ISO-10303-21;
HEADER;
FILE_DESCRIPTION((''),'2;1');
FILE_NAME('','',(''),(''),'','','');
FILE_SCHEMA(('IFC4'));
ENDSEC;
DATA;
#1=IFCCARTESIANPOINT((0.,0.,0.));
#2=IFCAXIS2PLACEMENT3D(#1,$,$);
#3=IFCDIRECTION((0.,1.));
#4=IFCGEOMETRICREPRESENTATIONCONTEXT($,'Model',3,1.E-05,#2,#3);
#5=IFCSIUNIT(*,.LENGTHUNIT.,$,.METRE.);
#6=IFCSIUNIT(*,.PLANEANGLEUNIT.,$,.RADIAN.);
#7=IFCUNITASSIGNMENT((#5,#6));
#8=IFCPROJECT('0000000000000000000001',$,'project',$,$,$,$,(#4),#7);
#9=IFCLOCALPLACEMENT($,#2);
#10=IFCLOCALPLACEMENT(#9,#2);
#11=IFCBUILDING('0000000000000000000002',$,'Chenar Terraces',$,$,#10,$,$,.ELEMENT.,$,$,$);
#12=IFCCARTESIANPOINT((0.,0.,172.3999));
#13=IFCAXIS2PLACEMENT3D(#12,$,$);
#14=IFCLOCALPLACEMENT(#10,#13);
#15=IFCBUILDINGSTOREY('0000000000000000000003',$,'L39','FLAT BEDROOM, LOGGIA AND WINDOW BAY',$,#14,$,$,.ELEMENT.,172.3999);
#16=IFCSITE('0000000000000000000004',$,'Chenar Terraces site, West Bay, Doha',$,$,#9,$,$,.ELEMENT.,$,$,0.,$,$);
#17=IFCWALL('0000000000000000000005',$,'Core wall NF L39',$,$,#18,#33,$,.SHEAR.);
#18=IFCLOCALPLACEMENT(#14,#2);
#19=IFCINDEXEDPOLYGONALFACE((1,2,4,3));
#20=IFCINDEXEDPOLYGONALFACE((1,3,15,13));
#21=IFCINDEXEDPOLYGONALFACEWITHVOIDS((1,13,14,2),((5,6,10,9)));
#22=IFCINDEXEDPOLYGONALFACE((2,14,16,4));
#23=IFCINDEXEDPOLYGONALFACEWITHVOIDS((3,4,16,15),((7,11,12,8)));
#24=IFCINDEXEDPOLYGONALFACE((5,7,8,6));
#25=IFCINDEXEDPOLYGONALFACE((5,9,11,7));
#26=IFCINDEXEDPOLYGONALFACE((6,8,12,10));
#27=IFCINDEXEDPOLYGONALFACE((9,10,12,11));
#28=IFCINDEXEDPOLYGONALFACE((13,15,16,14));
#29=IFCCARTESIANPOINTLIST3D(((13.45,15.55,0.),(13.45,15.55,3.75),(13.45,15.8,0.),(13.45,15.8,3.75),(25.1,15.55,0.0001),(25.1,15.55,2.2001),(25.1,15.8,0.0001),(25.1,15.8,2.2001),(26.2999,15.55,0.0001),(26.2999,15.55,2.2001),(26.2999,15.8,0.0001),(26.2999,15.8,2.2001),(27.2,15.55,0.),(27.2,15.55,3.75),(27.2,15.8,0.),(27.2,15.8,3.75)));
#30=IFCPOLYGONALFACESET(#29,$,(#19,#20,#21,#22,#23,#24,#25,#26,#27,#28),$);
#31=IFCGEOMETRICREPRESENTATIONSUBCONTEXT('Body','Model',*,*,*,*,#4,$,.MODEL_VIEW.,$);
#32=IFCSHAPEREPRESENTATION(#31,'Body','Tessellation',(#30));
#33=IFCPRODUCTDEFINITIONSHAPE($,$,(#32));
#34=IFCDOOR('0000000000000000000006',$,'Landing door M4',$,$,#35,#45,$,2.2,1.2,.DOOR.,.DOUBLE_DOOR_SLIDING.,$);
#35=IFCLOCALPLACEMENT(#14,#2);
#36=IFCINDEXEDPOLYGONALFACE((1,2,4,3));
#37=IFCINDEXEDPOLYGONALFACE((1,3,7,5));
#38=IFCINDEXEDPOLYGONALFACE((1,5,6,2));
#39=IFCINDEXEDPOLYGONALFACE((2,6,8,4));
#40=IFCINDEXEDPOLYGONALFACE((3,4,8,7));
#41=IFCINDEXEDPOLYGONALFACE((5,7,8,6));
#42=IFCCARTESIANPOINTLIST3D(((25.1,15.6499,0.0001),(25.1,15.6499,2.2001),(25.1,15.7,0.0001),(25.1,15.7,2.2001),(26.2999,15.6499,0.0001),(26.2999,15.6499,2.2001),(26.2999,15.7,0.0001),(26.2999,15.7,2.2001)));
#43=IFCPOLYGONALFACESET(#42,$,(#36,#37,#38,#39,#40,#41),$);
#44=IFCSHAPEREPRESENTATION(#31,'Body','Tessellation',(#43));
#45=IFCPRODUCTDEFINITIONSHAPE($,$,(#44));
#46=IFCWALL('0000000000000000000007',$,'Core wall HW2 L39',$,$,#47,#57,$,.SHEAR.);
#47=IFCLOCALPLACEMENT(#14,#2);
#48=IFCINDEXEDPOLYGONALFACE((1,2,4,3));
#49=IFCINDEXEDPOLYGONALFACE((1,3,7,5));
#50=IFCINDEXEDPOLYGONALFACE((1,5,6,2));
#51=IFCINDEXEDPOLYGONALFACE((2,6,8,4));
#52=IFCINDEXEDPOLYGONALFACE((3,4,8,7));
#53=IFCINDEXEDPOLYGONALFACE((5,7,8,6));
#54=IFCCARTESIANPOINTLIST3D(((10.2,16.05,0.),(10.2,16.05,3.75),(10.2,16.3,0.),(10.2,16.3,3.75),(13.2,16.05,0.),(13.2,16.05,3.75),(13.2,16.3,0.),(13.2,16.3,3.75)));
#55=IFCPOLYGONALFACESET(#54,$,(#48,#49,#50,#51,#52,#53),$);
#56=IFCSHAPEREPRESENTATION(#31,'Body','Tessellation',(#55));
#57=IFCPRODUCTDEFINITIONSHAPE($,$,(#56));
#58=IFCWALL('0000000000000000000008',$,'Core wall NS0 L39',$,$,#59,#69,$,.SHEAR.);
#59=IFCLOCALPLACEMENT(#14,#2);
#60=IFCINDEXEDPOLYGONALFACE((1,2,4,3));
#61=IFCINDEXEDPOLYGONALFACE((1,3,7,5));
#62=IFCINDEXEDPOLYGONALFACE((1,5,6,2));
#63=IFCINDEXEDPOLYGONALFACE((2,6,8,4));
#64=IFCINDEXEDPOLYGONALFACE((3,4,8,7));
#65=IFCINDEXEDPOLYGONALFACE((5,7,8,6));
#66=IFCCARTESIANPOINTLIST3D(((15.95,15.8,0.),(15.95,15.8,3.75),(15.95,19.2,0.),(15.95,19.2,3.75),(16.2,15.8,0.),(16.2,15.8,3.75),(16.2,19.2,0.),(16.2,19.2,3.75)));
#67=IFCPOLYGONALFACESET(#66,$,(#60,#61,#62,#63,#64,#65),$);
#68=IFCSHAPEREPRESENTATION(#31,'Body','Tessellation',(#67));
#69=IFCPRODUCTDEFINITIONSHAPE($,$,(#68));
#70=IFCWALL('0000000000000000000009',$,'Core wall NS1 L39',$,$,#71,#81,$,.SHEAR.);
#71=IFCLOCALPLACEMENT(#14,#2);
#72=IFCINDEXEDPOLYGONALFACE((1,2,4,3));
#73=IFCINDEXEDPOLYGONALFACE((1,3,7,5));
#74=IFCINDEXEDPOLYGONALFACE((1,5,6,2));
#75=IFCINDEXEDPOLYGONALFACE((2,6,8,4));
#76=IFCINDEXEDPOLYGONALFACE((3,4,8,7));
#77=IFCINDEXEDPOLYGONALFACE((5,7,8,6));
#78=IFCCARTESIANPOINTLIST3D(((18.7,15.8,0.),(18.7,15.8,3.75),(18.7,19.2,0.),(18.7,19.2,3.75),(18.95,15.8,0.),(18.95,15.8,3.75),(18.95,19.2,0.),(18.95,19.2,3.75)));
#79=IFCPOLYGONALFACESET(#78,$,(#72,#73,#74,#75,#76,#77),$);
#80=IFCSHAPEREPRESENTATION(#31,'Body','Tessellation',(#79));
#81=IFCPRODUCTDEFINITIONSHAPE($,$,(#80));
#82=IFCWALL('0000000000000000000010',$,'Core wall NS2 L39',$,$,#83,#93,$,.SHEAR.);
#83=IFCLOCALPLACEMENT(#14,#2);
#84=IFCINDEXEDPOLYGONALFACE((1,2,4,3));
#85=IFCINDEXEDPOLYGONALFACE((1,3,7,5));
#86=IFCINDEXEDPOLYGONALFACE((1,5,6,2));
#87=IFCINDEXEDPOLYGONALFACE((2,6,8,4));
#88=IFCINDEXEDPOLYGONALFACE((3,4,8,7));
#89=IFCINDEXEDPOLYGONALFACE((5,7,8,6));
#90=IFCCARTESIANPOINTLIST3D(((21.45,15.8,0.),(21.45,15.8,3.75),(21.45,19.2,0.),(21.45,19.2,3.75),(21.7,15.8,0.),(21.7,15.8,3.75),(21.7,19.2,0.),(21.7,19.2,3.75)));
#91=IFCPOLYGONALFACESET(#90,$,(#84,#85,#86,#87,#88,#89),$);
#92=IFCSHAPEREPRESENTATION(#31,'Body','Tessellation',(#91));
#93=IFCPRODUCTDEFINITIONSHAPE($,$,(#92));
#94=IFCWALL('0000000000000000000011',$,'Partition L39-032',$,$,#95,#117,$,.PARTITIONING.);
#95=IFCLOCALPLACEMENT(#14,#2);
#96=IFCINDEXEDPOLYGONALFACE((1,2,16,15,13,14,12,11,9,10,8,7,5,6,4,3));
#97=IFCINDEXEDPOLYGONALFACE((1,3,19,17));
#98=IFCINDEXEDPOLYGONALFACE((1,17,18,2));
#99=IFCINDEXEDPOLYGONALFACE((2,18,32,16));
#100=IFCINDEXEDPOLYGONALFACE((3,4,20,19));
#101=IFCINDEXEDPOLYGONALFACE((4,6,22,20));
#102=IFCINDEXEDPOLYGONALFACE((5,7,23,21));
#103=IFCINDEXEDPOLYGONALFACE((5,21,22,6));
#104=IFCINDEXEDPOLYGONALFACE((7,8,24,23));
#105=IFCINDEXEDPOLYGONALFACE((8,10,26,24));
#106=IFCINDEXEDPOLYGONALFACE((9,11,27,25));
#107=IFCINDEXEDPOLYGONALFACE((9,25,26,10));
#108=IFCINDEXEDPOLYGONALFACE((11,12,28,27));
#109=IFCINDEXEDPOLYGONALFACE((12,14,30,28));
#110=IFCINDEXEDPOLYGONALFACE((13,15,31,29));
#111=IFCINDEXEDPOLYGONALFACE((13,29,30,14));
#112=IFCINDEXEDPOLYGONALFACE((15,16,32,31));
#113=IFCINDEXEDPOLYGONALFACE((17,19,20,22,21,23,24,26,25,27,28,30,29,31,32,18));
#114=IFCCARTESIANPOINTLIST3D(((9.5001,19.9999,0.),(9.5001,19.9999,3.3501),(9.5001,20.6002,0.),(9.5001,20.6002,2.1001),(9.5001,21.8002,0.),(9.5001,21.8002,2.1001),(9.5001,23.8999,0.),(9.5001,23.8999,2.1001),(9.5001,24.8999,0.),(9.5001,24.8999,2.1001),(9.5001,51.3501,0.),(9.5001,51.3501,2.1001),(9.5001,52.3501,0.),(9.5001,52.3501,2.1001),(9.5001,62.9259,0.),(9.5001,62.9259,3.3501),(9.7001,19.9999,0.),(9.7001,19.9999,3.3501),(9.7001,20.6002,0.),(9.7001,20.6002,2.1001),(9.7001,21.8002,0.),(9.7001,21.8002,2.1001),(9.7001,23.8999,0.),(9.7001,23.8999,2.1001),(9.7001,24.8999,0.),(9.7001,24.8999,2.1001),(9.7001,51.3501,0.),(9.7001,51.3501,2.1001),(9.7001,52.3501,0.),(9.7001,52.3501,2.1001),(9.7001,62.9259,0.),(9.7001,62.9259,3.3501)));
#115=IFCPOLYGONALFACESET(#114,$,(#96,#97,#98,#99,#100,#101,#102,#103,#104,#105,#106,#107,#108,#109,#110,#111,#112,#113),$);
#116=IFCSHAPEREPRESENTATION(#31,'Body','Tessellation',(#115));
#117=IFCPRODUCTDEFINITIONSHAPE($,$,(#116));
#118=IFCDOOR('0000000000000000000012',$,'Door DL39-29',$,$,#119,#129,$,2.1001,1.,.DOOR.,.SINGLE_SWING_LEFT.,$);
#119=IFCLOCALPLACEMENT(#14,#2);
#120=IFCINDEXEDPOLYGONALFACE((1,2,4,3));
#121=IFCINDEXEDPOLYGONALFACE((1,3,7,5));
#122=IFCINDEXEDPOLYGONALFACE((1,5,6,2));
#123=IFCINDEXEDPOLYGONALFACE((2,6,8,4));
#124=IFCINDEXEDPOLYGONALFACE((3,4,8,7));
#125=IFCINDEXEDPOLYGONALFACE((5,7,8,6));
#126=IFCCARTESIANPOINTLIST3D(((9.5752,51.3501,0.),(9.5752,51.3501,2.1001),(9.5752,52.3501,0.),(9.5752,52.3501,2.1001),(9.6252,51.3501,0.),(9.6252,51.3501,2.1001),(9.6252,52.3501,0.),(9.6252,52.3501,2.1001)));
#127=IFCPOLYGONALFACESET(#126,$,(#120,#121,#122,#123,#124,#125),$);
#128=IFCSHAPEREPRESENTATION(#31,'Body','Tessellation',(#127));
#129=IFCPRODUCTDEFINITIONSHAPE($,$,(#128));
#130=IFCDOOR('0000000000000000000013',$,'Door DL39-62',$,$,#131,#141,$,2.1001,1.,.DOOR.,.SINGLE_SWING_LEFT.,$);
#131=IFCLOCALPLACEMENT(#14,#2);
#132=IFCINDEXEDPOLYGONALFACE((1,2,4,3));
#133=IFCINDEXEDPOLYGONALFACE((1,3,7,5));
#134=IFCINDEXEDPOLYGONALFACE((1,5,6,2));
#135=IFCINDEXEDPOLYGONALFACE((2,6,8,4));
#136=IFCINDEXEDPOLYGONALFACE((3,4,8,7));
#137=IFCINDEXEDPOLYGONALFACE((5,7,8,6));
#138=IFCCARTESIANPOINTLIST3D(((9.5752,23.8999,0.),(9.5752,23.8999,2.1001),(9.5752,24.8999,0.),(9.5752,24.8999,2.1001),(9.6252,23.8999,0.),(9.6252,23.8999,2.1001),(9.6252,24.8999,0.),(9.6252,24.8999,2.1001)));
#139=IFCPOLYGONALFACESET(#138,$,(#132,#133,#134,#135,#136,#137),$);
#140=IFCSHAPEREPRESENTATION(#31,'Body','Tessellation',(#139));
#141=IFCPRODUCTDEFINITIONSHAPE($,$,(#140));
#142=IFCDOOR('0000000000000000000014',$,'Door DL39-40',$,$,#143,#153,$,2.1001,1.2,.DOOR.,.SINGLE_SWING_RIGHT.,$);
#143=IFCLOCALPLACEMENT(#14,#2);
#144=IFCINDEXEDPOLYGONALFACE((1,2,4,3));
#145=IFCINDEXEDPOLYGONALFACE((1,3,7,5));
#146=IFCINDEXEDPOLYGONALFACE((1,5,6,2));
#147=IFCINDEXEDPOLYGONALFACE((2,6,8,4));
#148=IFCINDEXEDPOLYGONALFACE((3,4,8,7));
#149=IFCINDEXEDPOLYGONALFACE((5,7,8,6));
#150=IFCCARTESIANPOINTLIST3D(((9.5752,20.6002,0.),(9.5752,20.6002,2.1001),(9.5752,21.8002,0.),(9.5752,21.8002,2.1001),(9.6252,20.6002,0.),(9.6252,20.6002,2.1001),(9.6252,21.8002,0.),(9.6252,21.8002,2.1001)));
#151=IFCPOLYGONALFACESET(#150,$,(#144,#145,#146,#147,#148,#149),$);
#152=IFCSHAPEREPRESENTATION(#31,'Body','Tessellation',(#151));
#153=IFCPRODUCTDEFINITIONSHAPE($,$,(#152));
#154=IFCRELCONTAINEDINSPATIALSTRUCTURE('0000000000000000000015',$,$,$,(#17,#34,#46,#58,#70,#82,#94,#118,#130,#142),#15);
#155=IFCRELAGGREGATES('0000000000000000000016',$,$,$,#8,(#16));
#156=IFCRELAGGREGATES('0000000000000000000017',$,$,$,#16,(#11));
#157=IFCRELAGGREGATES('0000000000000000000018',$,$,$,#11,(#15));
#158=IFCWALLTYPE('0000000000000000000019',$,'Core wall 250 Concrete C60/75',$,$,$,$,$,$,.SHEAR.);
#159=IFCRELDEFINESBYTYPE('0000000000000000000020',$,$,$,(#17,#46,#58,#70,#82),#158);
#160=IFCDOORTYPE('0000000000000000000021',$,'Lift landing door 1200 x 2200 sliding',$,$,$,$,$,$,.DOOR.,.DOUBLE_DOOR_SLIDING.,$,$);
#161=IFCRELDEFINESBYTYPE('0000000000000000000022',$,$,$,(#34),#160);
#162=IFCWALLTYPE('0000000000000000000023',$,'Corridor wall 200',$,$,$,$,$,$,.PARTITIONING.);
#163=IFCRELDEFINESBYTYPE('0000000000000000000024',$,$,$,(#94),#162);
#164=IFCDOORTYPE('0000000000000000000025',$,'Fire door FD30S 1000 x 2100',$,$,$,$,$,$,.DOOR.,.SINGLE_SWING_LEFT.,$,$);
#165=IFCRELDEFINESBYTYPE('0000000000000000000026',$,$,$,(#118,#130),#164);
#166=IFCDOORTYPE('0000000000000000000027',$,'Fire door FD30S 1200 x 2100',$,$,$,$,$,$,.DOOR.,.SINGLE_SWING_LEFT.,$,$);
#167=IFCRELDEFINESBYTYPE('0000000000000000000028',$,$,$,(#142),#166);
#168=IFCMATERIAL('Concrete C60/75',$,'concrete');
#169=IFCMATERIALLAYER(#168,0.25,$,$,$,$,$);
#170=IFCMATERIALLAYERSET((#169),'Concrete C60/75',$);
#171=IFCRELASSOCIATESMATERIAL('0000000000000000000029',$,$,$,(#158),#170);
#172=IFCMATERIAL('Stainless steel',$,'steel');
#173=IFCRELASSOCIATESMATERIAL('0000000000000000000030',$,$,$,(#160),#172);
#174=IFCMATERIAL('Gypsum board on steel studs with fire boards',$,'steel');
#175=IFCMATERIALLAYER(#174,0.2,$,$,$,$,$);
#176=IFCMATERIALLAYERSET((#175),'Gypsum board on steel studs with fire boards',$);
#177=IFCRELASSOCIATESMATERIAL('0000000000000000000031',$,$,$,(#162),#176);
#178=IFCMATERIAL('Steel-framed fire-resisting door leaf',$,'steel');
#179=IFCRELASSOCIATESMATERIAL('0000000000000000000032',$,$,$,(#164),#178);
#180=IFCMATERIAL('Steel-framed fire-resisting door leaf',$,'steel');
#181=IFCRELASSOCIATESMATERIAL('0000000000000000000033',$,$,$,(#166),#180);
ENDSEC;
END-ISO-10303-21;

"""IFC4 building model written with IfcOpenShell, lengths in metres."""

from ifc_helpers import new_model, si_unit, direction, frame, frame_2d, origin, place, context, subcontext, project, spatial, rectangle, extrude, material, layer, layer_set, type_object, element, fill, save


model = new_model("IFC4")

# Units and contexts
model_context = context("Model", 3, precision=1e-05, world=origin(), true_north=direction((0.0, 1.0)))
body_context = subcontext(model_context, "Body", "Model", "MODEL_VIEW")
ifc_project = project(units=[si_unit("LENGTHUNIT", "METRE"), si_unit("PLANEANGLEUNIT", "RADIAN")], contexts=[model_context])

# Site, building, storey
site_placement = place(None, origin())
site = spatial("IfcSite", under=ifc_project, at=site_placement, Name="Chenar Terraces site, West Bay, Doha", CompositionType="ELEMENT", RefElevation=0.0)
building_placement = place(site_placement, origin())
building = spatial("IfcBuilding", under=site, at=building_placement, Name="Chenar Terraces", CompositionType="ELEMENT")
storey_placement = place(building_placement, frame((0.0, 0.0, 172.3999)))
storey = spatial("IfcBuildingStorey", under=building, at=storey_placement, Name="L39", Description="FLAT BEDROOM, LOGGIA AND WINDOW BAY", CompositionType="ELEMENT", Elevation=172.3999)

# Wall, opening, door
ifc_material_1 = material(Name="Concrete C60/75", Category="concrete")
ifc_layer_1 = layer(ifc_material_1, 0.25)
ifc_layer_set_1 = layer_set([ifc_layer_1], Name="Concrete C60/75")
wall_type_1 = type_object("IfcWallType", Name="Core wall 250 Concrete C60/75", PredefinedType="SHEAR", material=ifc_layer_set_1)
wall_1_placement = place(storey_placement, frame((13.45, 15.675, 0.0), z_axis=(0.0, 0.0, 1.0), x_axis=(1.0, 0.0, 0.0)))
wall_1 = element("IfcWall", 1, at=wall_1_placement, inside=storey, type_object=wall_type_1, Name="Core wall NF L39", PredefinedType="SHEAR", context=body_context, shape_type="SweptSolid", body=[
    extrude(rectangle(XDim=13.75, YDim=0.25, at=frame_2d((6.875, 0.0))), origin(), (0.0, 0.0, 1.0), 3.75),
])
opening_1_placement = place(wall_1_placement, frame((11.6499, 0.0, 0.0)))
opening_1 = element("IfcOpeningElement", 2, at=opening_1_placement, cuts=wall_1, PredefinedType="OPENING", context=body_context, shape_type="SweptSolid", body=[
    extrude(rectangle(XDim=1.2, YDim=2.2, at=frame_2d((0.6001, 1.1001))), frame((0.0, 0.135, 0.0), z_axis=(0.0, -1.0, 0.0), x_axis=(1.0, 0.0, 0.0)), (0.0, 0.0, 1.0), 0.27),
])
ifc_material_2 = material(Name="Stainless steel", Category="steel")
door_type_1 = type_object("IfcDoorType", Name="Lift landing door 1200 x 2200 sliding", OperationType="DOUBLE_DOOR_SLIDING", PredefinedType="DOOR", material=ifc_material_2)
door_1_placement = place(opening_1_placement, origin())
door_1 = element("IfcDoor", 3, at=door_1_placement, inside=storey, type_object=door_type_1, Name="Landing door M4", OperationType="DOUBLE_DOOR_SLIDING", OverallHeight=2.2, OverallWidth=1.2, PredefinedType="DOOR", context=body_context, shape_type="SweptSolid", body=[
    extrude(rectangle(XDim=1.2, YDim=2.2, at=frame_2d((0.6001, 1.1001))), frame((0.0, 0.0249, 0.0), z_axis=(0.0, -1.0, 0.0), x_axis=(1.0, 0.0, 0.0)), (0.0, 0.0, 1.0), 0.05),
])
fill(opening_1, door_1)

# Walls
wall_2_placement = place(storey_placement, frame((10.2, 16.175, 0.0), z_axis=(0.0, 0.0, 1.0), x_axis=(1.0, 0.0, 0.0)))
element("IfcWall", 4, at=wall_2_placement, inside=storey, type_object=wall_type_1, Name="Core wall HW2 L39", PredefinedType="SHEAR", context=body_context, shape_type="SweptSolid", body=[
    extrude(rectangle(XDim=3.0, YDim=0.25, at=frame_2d((1.5, 0.0))), origin(), (0.0, 0.0, 1.0), 3.75),
])
for number, where, z_axis, x_axis, name in (
    (5, (16.075, 15.8, 0.0), (0.0, 0.0, 1.0), (0.0, 1.0, 0.0), "Core wall NS0 L39"),
    (6, (18.825, 15.8, 0.0), (0.0, 0.0, 1.0), (0.0, 1.0, 0.0), "Core wall NS1 L39"),
    (7, (21.575, 15.8, 0.0), (0.0, 0.0, 1.0), (0.0, 1.0, 0.0), "Core wall NS2 L39"),
):
    element("IfcWall", number, at=place(storey_placement, frame(where, z_axis=z_axis, x_axis=x_axis)), inside=storey, type_object=wall_type_1, Name=name, PredefinedType="SHEAR", context=body_context, shape_type="SweptSolid", body=[
        extrude(rectangle(XDim=3.3999, YDim=0.25, at=frame_2d((1.7, 0.0))), origin(), (0.0, 0.0, 1.0), 3.75),
    ])

# Wall, openings, doors
ifc_material_3 = material(Name="Gypsum board on steel studs with fire boards", Category="steel")
ifc_layer_2 = layer(ifc_material_3, 0.2)
ifc_layer_set_2 = layer_set([ifc_layer_2], Name="Gypsum board on steel studs with fire boards")
wall_type_2 = type_object("IfcWallType", Name="Corridor wall 200", PredefinedType="PARTITIONING", material=ifc_layer_set_2)
wall_3_placement = place(storey_placement, frame((9.6001, 20.0, 0.0), z_axis=(0.0, 0.0, 1.0), x_axis=(0.0, 1.0, 0.0)))
wall_3 = element("IfcWall", 8, at=wall_3_placement, inside=storey, type_object=wall_type_2, Name="Partition L39-032", PredefinedType="PARTITIONING", context=body_context, shape_type="SweptSolid", body=[
    extrude(rectangle(XDim=42.926, YDim=0.2, at=frame_2d((21.4629, 0.0))), origin(), (0.0, 0.0, 1.0), 3.3501),
])
opening_2_placement = place(wall_3_placement, frame((31.3501, 0.0, 0.0)))
opening_2 = element("IfcOpeningElement", 9, at=opening_2_placement, cuts=wall_3, PredefinedType="OPENING", context=body_context, shape_type="SweptSolid", body=[
    extrude(rectangle(XDim=1.0, YDim=2.1001, at=frame_2d((0.5, 1.05))), frame((0.0, 0.1099, 0.0), z_axis=(0.0, -1.0, 0.0), x_axis=(1.0, 0.0, 0.0)), (0.0, 0.0, 1.0), 0.22),
])
opening_3_placement = place(wall_3_placement, frame((0.6001, 0.0, 0.0)))
opening_3 = element("IfcOpeningElement", 10, at=opening_3_placement, cuts=wall_3, PredefinedType="OPENING", context=body_context, shape_type="SweptSolid", body=[
    extrude(rectangle(XDim=1.2, YDim=2.1001, at=frame_2d((0.6001, 1.05))), frame((0.0, 0.1099, 0.0), z_axis=(0.0, -1.0, 0.0), x_axis=(1.0, 0.0, 0.0)), (0.0, 0.0, 1.0), 0.22),
])
opening_4_placement = place(wall_3_placement, frame((3.8999, 0.0, 0.0)))
opening_4 = element("IfcOpeningElement", 11, at=opening_4_placement, cuts=wall_3, PredefinedType="OPENING", context=body_context, shape_type="SweptSolid", body=[
    extrude(rectangle(XDim=1.0, YDim=2.1001, at=frame_2d((0.5, 1.05))), frame((0.0, 0.1099, 0.0), z_axis=(0.0, -1.0, 0.0), x_axis=(1.0, 0.0, 0.0)), (0.0, 0.0, 1.0), 0.22),
])
ifc_material_4 = material(Name="Steel-framed fire-resisting door leaf", Category="steel")
door_type_2 = type_object("IfcDoorType", Name="Fire door FD30S 1000 x 2100", OperationType="SINGLE_SWING_LEFT", PredefinedType="DOOR", material=ifc_material_4)
door_2_placement = place(opening_2_placement, origin())
door_2 = element("IfcDoor", 12, at=door_2_placement, inside=storey, type_object=door_type_2, Name="Door DL39-29", OperationType="SINGLE_SWING_LEFT", OverallHeight=2.1001, OverallWidth=1.0, PredefinedType="DOOR", context=body_context, shape_type="SweptSolid", body=[
    extrude(rectangle(XDim=1.0, YDim=2.1001, at=frame_2d((0.5, 1.05))), frame((0.0, 0.0249, 0.0), z_axis=(0.0, -1.0, 0.0), x_axis=(1.0, 0.0, 0.0)), (0.0, 0.0, 1.0), 0.05),
])
fill(opening_2, door_2)
door_3_placement = place(opening_4_placement, origin())
door_3 = element("IfcDoor", 13, at=door_3_placement, inside=storey, type_object=door_type_2, Name="Door DL39-62", OperationType="SINGLE_SWING_LEFT", OverallHeight=2.1001, OverallWidth=1.0, PredefinedType="DOOR", context=body_context, shape_type="SweptSolid", body=[
    extrude(rectangle(XDim=1.0, YDim=2.1001, at=frame_2d((0.5, 1.05))), frame((0.0, 0.0249, 0.0), z_axis=(0.0, -1.0, 0.0), x_axis=(1.0, 0.0, 0.0)), (0.0, 0.0, 1.0), 0.05),
])
fill(opening_4, door_3)
ifc_material_5 = material(Name="Steel-framed fire-resisting door leaf", Category="steel")
door_type_3 = type_object("IfcDoorType", Name="Fire door FD30S 1200 x 2100", OperationType="SINGLE_SWING_LEFT", PredefinedType="DOOR", material=ifc_material_5)
door_4_placement = place(opening_3_placement, origin())
door_4 = element("IfcDoor", 14, at=door_4_placement, inside=storey, type_object=door_type_3, Name="Door DL39-40", OperationType="SINGLE_SWING_RIGHT", OverallHeight=2.1001, OverallWidth=1.2, PredefinedType="DOOR", context=body_context, shape_type="SweptSolid", body=[
    extrude(rectangle(XDim=1.2, YDim=2.1001, at=frame_2d((0.6001, 1.05))), frame((0.0, 0.0249, 0.0), z_axis=(0.0, -1.0, 0.0), x_axis=(1.0, 0.0, 0.0)), (0.0, 0.0, 1.0), 0.05),
])
fill(opening_3, door_4)

save(model, "model.ifc")
